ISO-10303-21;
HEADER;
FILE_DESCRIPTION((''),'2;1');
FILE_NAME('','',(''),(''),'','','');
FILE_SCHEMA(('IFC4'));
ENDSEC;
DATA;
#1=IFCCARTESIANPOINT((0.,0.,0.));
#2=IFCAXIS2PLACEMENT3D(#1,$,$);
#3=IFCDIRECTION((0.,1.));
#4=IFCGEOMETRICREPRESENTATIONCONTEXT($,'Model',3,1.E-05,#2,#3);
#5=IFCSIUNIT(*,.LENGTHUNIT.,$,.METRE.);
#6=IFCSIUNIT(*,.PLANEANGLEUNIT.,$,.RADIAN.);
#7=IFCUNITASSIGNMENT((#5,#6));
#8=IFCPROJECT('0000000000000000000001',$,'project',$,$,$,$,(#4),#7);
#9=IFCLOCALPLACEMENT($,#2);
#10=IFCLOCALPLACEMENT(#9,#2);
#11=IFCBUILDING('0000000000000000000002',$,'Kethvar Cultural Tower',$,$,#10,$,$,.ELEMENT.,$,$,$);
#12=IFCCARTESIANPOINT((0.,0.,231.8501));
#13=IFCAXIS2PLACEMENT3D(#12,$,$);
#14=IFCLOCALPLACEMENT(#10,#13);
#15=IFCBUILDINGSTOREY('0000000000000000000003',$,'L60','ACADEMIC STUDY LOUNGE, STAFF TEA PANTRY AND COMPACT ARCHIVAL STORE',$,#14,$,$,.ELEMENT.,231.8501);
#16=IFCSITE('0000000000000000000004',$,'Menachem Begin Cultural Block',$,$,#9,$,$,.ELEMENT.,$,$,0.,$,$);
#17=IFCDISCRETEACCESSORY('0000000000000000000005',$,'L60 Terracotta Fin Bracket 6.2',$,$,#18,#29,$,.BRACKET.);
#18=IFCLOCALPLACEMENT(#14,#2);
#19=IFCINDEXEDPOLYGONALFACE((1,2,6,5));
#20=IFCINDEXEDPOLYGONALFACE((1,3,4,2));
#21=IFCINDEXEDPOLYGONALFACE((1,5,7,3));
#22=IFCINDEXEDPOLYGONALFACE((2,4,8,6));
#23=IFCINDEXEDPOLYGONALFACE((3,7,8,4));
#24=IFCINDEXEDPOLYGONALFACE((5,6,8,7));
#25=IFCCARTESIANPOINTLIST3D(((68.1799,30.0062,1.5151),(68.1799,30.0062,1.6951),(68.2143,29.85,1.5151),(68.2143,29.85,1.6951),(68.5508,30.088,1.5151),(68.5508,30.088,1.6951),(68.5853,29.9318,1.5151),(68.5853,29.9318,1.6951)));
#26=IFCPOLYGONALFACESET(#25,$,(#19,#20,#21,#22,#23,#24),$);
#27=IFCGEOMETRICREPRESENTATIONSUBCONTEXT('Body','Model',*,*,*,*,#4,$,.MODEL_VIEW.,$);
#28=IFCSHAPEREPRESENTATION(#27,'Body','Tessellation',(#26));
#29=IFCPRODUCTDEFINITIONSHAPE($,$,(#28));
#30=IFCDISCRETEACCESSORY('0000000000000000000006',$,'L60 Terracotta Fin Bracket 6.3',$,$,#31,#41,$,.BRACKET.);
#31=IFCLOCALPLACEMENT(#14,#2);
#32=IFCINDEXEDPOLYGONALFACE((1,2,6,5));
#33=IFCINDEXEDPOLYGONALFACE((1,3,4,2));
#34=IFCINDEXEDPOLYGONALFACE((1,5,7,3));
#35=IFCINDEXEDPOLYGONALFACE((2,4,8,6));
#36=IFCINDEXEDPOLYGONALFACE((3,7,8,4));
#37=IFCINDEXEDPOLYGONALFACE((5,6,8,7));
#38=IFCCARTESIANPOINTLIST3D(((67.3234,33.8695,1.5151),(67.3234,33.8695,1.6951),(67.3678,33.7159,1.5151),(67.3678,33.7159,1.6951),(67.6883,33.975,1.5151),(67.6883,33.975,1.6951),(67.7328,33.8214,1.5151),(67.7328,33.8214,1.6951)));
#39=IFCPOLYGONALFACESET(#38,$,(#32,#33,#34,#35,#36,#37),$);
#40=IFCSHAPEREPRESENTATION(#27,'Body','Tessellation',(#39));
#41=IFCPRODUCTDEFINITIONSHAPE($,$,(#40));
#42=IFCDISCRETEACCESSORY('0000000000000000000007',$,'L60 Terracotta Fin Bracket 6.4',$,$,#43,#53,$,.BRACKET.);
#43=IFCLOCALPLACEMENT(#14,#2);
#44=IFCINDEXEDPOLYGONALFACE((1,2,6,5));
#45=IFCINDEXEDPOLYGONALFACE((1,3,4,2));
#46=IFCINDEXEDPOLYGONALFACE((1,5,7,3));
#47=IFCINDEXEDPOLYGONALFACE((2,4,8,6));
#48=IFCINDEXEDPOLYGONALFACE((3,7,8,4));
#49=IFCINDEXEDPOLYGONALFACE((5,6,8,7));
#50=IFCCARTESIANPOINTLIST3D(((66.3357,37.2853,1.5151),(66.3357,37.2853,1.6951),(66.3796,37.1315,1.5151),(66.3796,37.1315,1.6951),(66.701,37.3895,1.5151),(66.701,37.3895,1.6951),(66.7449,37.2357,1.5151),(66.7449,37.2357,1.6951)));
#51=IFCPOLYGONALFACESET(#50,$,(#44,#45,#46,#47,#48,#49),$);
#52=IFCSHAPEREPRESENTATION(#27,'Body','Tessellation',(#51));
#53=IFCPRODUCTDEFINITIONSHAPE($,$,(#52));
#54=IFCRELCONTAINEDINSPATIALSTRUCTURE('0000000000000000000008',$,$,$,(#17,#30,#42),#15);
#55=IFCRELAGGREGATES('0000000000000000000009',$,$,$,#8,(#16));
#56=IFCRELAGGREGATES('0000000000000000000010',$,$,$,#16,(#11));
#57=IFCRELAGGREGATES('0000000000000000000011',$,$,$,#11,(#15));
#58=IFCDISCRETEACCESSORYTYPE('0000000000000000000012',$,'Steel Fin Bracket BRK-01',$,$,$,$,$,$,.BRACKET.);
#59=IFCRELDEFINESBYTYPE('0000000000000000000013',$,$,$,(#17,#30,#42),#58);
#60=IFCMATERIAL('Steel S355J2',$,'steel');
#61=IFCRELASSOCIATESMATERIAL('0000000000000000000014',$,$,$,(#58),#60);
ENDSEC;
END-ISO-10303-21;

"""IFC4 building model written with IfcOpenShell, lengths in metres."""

from ifc_helpers import new_model, si_unit, direction, frame, origin, origin_2d, place, context, subcontext, project, spatial, rectangle, extrude, source, transform, mapped, material, type_object, element, save


model = new_model("IFC4")

# Units and contexts
model_context = context("Model", 3, precision=1e-05, world=origin(), true_north=direction((0.0, 1.0)))
body_context = subcontext(model_context, "Body", "Model", "MODEL_VIEW")
ifc_project = project(units=[si_unit("LENGTHUNIT", "METRE"), si_unit("PLANEANGLEUNIT", "RADIAN")], contexts=[model_context])

# Site, building, storey
site_placement = place(None, origin())
site = spatial("IfcSite", under=ifc_project, at=site_placement, Name="Menachem Begin Cultural Block", CompositionType="ELEMENT", RefElevation=0.0)
building_placement = place(site_placement, origin())
building = spatial("IfcBuilding", under=site, at=building_placement, Name="Kethvar Cultural Tower", CompositionType="ELEMENT")
storey_placement = place(building_placement, frame((0.0, 0.0, 231.8501)))
storey = spatial("IfcBuildingStorey", under=building, at=storey_placement, Name="L60", Description="ACADEMIC STUDY LOUNGE, STAFF TEA PANTRY AND COMPACT ARCHIVAL STORE", CompositionType="ELEMENT", Elevation=231.8501)

# Shared definitions
ifc_material_1 = material(Name="Steel S355J2", Category="steel")

# Discrete accessories
discrete_accessory_type = type_object("IfcDiscreteAccessoryType", Name="Steel Fin Bracket BRK-01", PredefinedType="BRACKET", material=ifc_material_1)
shared_shape_1 = source(origin(), body_context, "Body", "SweptSolid", [
    extrude(rectangle(XDim=0.3799, YDim=0.1599, at=origin_2d()), origin(), (0.0, 0.0, 1.0), 0.1799),
])
for number, where, z_axis, x_axis, name in (
    (1, (68.3826, 29.969, 1.5151), (0.0, 0.0, 1.0), (0.97656, 0.215247, 0.0), "L60 Terracotta Fin Bracket 6.2"),
    (2, (67.5281, 33.8455, 1.5151), (0.0, 0.0, 1.0), (0.960634, 0.277818, 0.0), "L60 Terracotta Fin Bracket 6.3"),
    (3, (66.5403, 37.2605, 1.5151), (0.0, 0.0, 1.0), (0.961646, 0.274295, 0.0), "L60 Terracotta Fin Bracket 6.4"),
):
    element("IfcDiscreteAccessory", number, at=place(storey_placement, frame(where, z_axis=z_axis, x_axis=x_axis)), inside=storey, type_object=discrete_accessory_type, Name=name, PredefinedType="BRACKET", context=body_context, shape_type="MappedRepresentation", body=[
        mapped(shared_shape_1, transform((0.0, 0.0, 0.0), scale=1.0)),
    ])

save(model, "model.ifc")
